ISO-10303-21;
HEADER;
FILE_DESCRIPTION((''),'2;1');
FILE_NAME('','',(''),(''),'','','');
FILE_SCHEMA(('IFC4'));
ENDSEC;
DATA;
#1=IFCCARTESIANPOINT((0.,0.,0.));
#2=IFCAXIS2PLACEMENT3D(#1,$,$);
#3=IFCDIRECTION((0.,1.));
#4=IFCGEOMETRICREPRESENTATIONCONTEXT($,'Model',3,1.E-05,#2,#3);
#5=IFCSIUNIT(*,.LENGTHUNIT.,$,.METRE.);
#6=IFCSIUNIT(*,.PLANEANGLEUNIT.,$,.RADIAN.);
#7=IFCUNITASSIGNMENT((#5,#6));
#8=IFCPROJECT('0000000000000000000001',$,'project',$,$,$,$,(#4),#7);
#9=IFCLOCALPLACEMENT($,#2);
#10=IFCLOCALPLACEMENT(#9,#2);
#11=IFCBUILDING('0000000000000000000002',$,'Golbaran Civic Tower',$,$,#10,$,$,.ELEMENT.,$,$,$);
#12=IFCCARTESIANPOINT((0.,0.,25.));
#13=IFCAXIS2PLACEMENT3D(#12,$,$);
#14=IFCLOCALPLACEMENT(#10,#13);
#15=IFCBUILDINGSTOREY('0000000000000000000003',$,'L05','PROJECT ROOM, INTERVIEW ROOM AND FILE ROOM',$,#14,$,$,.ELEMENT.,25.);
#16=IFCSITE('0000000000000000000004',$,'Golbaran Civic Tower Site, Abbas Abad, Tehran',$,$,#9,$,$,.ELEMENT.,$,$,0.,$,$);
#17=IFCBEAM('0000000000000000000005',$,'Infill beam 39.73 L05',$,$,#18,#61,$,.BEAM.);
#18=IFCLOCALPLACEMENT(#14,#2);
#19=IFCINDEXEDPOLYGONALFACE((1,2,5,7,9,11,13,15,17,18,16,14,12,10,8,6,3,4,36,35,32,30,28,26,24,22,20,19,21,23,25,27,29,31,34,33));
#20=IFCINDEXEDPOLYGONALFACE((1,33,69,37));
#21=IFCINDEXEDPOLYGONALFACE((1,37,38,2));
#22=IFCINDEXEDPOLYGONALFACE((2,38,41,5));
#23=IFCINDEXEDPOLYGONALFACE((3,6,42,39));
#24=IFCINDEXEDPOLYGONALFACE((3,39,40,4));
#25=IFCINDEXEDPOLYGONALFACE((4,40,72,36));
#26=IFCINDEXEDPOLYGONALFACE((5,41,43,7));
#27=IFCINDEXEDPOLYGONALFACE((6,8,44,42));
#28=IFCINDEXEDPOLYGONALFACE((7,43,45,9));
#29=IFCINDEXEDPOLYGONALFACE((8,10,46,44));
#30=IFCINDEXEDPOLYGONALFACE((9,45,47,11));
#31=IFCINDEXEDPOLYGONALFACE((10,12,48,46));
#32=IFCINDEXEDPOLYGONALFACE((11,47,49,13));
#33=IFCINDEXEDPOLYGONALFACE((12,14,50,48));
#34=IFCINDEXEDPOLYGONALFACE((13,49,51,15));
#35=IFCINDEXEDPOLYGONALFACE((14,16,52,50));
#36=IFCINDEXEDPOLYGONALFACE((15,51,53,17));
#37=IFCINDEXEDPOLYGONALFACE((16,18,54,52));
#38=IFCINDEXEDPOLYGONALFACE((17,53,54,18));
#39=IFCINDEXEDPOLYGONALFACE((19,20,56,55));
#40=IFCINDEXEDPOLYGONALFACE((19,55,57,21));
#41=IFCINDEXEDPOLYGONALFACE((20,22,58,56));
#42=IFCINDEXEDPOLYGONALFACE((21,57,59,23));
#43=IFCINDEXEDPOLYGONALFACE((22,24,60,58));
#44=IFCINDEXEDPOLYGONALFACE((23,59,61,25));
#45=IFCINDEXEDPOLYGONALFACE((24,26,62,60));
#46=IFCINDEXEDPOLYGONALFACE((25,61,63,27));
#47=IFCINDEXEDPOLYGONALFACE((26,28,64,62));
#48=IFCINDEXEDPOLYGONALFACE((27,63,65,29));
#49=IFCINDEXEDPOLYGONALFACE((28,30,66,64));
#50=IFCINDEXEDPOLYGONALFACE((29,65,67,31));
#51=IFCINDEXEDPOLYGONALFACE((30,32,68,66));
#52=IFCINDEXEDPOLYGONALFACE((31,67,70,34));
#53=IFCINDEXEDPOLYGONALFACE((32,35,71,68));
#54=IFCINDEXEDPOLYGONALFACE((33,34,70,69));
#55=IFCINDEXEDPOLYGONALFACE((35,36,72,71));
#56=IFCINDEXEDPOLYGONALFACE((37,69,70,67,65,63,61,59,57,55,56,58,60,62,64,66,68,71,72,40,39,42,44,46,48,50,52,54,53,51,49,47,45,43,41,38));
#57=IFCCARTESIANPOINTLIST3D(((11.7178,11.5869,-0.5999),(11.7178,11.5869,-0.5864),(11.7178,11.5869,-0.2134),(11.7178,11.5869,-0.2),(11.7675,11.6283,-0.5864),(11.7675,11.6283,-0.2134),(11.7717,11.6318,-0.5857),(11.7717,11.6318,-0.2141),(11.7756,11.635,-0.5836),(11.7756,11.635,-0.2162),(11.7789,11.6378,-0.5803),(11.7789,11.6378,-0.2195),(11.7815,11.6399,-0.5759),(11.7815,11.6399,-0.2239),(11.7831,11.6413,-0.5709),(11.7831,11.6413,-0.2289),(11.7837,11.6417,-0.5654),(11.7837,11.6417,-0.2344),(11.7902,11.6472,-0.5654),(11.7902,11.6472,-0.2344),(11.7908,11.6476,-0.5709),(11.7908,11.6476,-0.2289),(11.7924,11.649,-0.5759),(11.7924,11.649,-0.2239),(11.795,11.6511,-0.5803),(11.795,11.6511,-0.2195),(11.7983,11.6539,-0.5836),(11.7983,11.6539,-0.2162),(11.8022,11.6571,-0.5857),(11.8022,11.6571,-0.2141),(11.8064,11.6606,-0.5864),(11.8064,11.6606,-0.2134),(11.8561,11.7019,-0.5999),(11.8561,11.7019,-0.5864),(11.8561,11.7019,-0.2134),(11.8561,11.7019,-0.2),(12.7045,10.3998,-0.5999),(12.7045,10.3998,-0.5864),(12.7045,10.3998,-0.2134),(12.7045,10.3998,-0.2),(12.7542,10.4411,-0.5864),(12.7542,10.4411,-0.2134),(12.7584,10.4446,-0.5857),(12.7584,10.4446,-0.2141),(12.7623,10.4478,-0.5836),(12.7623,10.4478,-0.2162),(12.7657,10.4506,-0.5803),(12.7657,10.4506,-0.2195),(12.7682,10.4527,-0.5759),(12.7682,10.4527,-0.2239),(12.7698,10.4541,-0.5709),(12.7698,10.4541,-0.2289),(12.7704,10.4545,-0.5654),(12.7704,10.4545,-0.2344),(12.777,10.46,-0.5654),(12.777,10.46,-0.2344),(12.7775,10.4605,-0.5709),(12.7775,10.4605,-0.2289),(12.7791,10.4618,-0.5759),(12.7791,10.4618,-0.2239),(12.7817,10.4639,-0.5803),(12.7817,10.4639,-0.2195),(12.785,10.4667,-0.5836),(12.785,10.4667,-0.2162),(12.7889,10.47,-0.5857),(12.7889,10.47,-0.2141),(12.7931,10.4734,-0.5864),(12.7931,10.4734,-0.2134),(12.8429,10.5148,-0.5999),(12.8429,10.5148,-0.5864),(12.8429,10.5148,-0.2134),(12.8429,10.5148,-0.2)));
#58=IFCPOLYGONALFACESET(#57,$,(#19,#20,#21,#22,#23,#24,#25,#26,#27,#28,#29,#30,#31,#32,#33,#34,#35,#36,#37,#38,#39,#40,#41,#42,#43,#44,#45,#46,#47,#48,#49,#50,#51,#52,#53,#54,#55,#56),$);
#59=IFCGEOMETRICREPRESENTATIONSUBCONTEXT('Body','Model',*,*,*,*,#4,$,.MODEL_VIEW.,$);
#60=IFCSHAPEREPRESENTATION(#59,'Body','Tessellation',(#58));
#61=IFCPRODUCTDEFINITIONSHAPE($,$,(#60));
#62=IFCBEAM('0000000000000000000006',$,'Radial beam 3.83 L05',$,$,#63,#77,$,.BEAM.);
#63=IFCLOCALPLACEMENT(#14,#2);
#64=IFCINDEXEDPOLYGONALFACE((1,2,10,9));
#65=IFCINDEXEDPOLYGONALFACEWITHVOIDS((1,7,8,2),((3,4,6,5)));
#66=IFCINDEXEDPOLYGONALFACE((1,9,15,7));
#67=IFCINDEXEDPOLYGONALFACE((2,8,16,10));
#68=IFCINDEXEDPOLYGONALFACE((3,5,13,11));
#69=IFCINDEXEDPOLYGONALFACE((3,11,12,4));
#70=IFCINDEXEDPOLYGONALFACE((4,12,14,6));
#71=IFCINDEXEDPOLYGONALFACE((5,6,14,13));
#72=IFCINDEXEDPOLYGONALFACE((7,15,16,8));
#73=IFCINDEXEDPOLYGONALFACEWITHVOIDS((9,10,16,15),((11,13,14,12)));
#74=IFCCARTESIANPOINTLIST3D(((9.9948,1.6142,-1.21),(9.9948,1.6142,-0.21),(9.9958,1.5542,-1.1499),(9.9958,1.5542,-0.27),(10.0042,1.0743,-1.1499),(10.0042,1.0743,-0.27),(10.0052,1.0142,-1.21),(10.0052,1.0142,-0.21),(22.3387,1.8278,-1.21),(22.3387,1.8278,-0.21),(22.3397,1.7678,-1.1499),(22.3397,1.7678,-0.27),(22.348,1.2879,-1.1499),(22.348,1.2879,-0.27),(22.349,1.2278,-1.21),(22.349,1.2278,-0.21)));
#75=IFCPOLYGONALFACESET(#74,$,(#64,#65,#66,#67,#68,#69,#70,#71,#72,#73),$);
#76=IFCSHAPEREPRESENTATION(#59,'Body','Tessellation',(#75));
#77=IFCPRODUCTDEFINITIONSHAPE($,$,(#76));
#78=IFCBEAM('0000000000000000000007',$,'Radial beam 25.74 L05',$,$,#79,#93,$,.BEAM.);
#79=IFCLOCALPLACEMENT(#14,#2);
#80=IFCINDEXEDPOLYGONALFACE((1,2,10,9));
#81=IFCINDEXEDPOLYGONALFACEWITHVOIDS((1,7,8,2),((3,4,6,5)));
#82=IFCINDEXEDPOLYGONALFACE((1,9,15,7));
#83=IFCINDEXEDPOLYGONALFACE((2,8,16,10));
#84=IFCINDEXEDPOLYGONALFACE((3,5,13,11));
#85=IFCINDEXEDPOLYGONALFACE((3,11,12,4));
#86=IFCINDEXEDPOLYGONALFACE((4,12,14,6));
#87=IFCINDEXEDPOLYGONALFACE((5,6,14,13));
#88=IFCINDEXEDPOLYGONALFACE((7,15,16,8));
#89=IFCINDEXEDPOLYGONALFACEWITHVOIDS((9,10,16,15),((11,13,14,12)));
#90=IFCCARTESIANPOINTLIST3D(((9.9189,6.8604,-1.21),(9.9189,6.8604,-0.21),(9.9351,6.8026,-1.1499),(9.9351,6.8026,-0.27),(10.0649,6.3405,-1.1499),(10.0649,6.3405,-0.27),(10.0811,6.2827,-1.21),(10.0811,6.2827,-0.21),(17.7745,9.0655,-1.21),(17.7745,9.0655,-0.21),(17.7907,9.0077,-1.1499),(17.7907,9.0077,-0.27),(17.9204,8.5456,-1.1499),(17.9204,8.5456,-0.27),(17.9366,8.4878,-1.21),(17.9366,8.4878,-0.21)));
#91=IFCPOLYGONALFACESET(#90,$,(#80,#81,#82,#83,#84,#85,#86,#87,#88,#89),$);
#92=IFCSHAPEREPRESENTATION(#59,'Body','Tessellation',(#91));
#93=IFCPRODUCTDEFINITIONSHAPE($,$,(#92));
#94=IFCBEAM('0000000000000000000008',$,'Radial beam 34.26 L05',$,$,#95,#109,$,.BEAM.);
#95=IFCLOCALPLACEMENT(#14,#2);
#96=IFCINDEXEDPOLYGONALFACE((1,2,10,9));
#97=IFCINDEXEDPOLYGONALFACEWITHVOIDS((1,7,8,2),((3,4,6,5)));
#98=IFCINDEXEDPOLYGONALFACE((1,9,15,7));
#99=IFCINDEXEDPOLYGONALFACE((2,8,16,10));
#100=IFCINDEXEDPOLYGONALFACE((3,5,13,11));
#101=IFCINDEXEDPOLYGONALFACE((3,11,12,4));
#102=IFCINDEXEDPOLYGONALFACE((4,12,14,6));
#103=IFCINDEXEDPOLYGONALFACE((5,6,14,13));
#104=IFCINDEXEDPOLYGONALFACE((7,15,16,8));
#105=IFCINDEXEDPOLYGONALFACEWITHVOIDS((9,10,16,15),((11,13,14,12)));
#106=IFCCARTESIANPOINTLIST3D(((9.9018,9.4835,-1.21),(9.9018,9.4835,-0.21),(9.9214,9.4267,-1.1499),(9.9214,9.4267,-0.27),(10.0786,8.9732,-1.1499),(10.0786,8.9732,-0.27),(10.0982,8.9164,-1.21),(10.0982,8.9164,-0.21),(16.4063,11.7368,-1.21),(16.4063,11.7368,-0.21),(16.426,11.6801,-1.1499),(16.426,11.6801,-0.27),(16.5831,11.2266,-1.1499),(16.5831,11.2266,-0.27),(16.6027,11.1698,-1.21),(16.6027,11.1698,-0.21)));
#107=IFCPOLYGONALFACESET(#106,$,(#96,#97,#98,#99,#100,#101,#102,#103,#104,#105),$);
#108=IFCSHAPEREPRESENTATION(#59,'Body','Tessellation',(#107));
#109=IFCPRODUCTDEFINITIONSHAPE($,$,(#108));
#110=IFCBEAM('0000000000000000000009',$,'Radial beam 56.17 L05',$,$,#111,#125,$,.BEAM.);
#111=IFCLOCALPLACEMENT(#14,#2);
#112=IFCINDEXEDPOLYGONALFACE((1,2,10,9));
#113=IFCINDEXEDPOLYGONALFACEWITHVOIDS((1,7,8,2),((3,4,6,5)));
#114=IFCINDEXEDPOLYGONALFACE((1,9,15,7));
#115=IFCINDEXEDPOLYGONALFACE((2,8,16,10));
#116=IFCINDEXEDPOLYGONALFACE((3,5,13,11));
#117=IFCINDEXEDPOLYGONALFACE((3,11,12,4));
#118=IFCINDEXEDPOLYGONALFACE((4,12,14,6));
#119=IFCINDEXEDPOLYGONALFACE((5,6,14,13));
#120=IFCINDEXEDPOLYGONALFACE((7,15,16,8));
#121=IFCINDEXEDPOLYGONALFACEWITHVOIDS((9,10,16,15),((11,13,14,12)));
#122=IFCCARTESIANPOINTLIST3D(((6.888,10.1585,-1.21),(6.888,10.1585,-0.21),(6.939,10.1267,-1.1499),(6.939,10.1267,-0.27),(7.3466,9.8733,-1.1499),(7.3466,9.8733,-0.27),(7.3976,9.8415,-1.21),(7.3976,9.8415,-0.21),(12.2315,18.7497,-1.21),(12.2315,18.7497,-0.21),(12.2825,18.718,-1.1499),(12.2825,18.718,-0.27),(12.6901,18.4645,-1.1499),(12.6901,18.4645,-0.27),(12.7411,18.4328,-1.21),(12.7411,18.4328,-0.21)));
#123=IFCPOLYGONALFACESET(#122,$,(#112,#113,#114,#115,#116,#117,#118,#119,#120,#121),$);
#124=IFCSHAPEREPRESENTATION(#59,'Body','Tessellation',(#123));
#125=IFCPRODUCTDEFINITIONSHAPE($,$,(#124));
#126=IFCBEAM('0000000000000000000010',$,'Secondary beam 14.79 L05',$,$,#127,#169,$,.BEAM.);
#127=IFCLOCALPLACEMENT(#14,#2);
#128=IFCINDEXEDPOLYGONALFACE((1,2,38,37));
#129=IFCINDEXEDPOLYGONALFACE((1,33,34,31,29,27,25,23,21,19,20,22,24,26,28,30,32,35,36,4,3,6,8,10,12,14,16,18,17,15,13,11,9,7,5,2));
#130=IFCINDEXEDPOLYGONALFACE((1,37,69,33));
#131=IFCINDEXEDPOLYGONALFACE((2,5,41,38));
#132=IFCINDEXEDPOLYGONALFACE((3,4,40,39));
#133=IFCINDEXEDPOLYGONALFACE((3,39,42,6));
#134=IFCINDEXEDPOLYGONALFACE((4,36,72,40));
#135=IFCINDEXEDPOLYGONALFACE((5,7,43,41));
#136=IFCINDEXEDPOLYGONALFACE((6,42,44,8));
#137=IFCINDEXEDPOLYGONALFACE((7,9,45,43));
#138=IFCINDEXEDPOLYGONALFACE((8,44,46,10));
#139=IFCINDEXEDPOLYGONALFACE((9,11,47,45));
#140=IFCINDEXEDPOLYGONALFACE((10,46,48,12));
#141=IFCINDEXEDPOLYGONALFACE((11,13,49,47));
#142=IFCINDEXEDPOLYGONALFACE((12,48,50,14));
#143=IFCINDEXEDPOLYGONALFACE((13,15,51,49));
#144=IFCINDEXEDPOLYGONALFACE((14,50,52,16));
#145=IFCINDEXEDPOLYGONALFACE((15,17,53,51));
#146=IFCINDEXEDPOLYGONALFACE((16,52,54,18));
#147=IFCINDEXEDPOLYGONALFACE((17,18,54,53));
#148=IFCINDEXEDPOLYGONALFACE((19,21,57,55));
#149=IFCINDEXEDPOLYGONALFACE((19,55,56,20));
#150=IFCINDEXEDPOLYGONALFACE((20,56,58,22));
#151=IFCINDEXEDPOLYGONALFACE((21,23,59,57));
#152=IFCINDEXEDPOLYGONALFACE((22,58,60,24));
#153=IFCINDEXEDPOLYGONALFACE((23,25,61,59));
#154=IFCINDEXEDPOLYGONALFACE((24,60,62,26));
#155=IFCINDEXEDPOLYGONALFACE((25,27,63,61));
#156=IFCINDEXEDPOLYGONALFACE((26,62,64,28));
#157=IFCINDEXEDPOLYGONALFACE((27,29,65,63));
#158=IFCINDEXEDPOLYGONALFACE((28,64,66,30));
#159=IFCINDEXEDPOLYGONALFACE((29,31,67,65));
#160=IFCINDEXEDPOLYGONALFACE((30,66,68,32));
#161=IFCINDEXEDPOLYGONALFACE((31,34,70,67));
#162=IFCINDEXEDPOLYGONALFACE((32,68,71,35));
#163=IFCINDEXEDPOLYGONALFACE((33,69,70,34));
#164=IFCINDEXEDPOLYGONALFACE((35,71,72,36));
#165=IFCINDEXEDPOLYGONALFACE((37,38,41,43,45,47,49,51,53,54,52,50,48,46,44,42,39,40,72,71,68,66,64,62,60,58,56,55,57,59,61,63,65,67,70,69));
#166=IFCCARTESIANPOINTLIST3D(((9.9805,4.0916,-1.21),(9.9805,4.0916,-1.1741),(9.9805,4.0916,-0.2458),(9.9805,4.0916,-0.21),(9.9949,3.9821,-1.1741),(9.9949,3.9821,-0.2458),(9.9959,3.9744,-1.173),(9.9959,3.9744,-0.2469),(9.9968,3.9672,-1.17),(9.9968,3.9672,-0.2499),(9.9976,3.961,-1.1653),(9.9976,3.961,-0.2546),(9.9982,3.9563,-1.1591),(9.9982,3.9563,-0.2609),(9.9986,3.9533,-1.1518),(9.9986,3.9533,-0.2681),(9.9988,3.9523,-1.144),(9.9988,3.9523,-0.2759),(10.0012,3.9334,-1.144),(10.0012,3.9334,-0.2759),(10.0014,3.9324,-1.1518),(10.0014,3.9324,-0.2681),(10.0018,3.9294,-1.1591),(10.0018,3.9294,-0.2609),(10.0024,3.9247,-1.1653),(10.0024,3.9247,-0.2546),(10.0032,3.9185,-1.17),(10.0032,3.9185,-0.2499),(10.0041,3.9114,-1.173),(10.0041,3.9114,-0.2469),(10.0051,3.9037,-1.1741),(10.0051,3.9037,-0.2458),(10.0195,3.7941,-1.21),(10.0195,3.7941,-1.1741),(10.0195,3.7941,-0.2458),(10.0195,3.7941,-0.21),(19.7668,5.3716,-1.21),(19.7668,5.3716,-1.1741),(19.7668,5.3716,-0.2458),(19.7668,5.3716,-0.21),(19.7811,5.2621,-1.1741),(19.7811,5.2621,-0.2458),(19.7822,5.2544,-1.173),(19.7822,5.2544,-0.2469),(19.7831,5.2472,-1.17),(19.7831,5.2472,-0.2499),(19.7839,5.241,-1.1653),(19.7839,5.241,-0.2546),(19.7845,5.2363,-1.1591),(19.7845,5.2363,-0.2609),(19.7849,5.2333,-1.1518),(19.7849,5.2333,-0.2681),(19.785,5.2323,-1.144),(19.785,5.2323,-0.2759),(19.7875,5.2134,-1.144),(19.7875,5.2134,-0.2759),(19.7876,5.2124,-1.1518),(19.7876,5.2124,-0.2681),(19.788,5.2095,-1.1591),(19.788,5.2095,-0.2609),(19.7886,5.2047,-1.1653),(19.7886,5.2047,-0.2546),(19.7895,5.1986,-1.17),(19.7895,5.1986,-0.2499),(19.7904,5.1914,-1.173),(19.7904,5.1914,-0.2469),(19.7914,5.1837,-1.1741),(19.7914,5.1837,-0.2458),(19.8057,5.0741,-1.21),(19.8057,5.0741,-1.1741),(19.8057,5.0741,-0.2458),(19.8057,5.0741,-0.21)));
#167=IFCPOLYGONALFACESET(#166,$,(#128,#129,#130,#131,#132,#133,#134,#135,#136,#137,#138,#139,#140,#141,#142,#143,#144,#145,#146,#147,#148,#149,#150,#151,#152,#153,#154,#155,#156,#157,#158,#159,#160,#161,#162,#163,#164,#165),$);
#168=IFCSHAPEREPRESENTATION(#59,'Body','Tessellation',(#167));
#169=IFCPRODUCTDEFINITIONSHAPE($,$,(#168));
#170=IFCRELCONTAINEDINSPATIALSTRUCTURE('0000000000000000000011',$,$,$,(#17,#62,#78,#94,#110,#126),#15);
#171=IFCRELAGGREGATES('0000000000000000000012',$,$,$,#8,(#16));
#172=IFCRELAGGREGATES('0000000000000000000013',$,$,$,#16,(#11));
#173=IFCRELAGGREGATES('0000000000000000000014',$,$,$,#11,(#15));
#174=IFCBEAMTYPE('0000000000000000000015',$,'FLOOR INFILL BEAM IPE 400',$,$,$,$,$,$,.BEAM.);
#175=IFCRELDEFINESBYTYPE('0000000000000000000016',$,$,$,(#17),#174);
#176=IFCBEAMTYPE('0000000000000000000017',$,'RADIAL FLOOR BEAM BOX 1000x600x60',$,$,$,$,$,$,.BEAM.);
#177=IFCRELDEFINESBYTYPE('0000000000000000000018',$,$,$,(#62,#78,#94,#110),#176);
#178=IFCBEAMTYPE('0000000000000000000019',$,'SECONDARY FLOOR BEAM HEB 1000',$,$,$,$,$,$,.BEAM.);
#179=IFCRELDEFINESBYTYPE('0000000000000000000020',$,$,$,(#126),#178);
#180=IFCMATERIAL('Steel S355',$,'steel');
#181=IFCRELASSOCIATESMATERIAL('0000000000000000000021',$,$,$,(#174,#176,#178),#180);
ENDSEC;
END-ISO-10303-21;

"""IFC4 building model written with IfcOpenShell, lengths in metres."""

from ifc_helpers import new_model, si_unit, direction, frame, origin, origin_2d, place, context, subcontext, project, spatial, hollow_rectangle, i_section, extrude, material, material_profile, profile_set, type_object, element, save


model = new_model("IFC4")

# Units and contexts
model_context = context("Model", 3, precision=1e-05, world=origin(), true_north=direction((0.0, 1.0)))
body_context = subcontext(model_context, "Body", "Model", "MODEL_VIEW")
ifc_project = project(units=[si_unit("LENGTHUNIT", "METRE"), si_unit("PLANEANGLEUNIT", "RADIAN")], contexts=[model_context])

# Site, building, storey
site_placement = place(None, origin())
site = spatial("IfcSite", under=ifc_project, at=site_placement, Name="Golbaran Civic Tower Site, Abbas Abad, Tehran", CompositionType="ELEMENT", RefElevation=0.0)
building_placement = place(site_placement, origin())
building = spatial("IfcBuilding", under=site, at=building_placement, Name="Golbaran Civic Tower", CompositionType="ELEMENT")
storey_placement = place(building_placement, frame((0.0, 0.0, 25.0)))
storey = spatial("IfcBuildingStorey", under=building, at=storey_placement, Name="L05", Description="PROJECT ROOM, INTERVIEW ROOM AND FILE ROOM", CompositionType="ELEMENT", Elevation=25.0)

# Beams
ifc_material_1 = material(Name="Steel S355", Category="steel")
ifc_material_profile_1 = material_profile(ifc_material_1, i_section(OverallWidth=0.1799, OverallDepth=0.3999, WebThickness=0.0085, FlangeThickness=0.0134, FilletRadius=0.021, at=origin_2d()), Name="IPE 400")
ifc_profile_set_1 = profile_set([ifc_material_profile_1], Name="Steel S355")
beam_type_1 = type_object("IfcBeamType", Name="FLOOR INFILL BEAM IPE 400", PredefinedType="BEAM", material=ifc_profile_set_1)
beam_1_placement = place(storey_placement, frame((12.7737, 10.4573, -0.3999), z_axis=(-0.639204, 0.769037, 0.0), x_axis=(-0.769037, -0.639204, 0.0)))
element("IfcBeam", 1, at=beam_1_placement, inside=storey, type_object=beam_type_1, Name="Infill beam 39.73 L05", PredefinedType="BEAM", context=body_context, shape_type="SweptSolid", body=[
    extrude(i_section(OverallWidth=0.1799, OverallDepth=0.3999, WebThickness=0.0085, FlangeThickness=0.0134, FilletRadius=0.021, at=origin_2d()), origin(), (0.0, 0.0, 1.0), 1.5437),
])
ifc_material_profile_2 = material_profile(ifc_material_1, hollow_rectangle(XDim=0.6001, YDim=1.0, WallThickness=0.0601, at=origin_2d()), Name="BOX 1000x600x60")
ifc_profile_set_2 = profile_set([ifc_material_profile_2], Name="Steel S355")
beam_type_2 = type_object("IfcBeamType", Name="RADIAL FLOOR BEAM BOX 1000x600x60", PredefinedType="BEAM", material=ifc_profile_set_2)
beam_2_placement = place(storey_placement, frame((10.0, 1.3142, -0.71), z_axis=(0.99985, 0.017304, 0.0), x_axis=(-0.017304, 0.99985, 0.0)))
element("IfcBeam", 2, at=beam_2_placement, inside=storey, type_object=beam_type_2, Name="Radial beam 3.83 L05", PredefinedType="BEAM", context=body_context, shape_type="SweptSolid", body=[
    extrude(hollow_rectangle(XDim=0.6001, YDim=1.0, WallThickness=0.0601, at=origin_2d()), origin(), (0.0, 0.0, 1.0), 12.3457),
])
beam_3_placement = place(storey_placement, frame((10.0, 6.5715, -0.71), z_axis=(0.962787, 0.27026, 0.0), x_axis=(-0.27026, 0.962787, 0.0)))
element("IfcBeam", 3, at=beam_3_placement, inside=storey, type_object=beam_type_2, Name="Radial beam 25.74 L05", PredefinedType="BEAM", context=body_context, shape_type="SweptSolid", body=[
    extrude(hollow_rectangle(XDim=0.6001, YDim=1.0, WallThickness=0.0601, at=origin_2d()), origin(), (0.0, 0.0, 1.0), 8.1592),
])
beam_4_placement = place(storey_placement, frame((10.0, 9.2, -0.71), z_axis=(0.944905, 0.327346, 0.0), x_axis=(-0.327346, 0.944905, 0.0)))
element("IfcBeam", 4, at=beam_4_placement, inside=storey, type_object=beam_type_2, Name="Radial beam 34.26 L05", PredefinedType="BEAM", context=body_context, shape_type="SweptSolid", body=[
    extrude(hollow_rectangle(XDim=0.6001, YDim=1.0, WallThickness=0.0601, at=origin_2d()), origin(), (0.0, 0.0, 1.0), 6.8838),
])
beam_5_placement = place(storey_placement, frame((7.1428, 10.0, -0.71), z_axis=(0.528145, 0.849154, 0.0), x_axis=(-0.849154, 0.528145, 0.0)))
element("IfcBeam", 5, at=beam_5_placement, inside=storey, type_object=beam_type_2, Name="Radial beam 56.17 L05", PredefinedType="BEAM", context=body_context, shape_type="SweptSolid", body=[
    extrude(hollow_rectangle(XDim=0.6001, YDim=1.0, WallThickness=0.0601, at=origin_2d()), origin(), (0.0, 0.0, 1.0), 10.1174),
])
ifc_material_profile_3 = material_profile(ifc_material_1, i_section(OverallWidth=0.3, OverallDepth=1.0, WebThickness=0.019, FlangeThickness=0.0359, FilletRadius=0.03, at=origin_2d()), Name="HEB 1000")
ifc_profile_set_3 = profile_set([ifc_material_profile_3], Name="Steel S355")
beam_type_3 = type_object("IfcBeamType", Name="SECONDARY FLOOR BEAM HEB 1000", PredefinedType="BEAM", material=ifc_profile_set_3)
beam_6_placement = place(storey_placement, frame((10.0, 3.9429, -0.71), z_axis=(0.991554, 0.129692, 0.0), x_axis=(-0.129692, 0.991554, 0.0)))
element("IfcBeam", 6, at=beam_6_placement, inside=storey, type_object=beam_type_3, Name="Secondary beam 14.79 L05", PredefinedType="BEAM", context=body_context, shape_type="SweptSolid", body=[
    extrude(i_section(OverallWidth=0.3, OverallDepth=1.0, WebThickness=0.019, FlangeThickness=0.0359, FilletRadius=0.03, at=origin_2d()), origin(), (0.0, 0.0, 1.0), 9.8696),
])

save(model, "model.ifc")
